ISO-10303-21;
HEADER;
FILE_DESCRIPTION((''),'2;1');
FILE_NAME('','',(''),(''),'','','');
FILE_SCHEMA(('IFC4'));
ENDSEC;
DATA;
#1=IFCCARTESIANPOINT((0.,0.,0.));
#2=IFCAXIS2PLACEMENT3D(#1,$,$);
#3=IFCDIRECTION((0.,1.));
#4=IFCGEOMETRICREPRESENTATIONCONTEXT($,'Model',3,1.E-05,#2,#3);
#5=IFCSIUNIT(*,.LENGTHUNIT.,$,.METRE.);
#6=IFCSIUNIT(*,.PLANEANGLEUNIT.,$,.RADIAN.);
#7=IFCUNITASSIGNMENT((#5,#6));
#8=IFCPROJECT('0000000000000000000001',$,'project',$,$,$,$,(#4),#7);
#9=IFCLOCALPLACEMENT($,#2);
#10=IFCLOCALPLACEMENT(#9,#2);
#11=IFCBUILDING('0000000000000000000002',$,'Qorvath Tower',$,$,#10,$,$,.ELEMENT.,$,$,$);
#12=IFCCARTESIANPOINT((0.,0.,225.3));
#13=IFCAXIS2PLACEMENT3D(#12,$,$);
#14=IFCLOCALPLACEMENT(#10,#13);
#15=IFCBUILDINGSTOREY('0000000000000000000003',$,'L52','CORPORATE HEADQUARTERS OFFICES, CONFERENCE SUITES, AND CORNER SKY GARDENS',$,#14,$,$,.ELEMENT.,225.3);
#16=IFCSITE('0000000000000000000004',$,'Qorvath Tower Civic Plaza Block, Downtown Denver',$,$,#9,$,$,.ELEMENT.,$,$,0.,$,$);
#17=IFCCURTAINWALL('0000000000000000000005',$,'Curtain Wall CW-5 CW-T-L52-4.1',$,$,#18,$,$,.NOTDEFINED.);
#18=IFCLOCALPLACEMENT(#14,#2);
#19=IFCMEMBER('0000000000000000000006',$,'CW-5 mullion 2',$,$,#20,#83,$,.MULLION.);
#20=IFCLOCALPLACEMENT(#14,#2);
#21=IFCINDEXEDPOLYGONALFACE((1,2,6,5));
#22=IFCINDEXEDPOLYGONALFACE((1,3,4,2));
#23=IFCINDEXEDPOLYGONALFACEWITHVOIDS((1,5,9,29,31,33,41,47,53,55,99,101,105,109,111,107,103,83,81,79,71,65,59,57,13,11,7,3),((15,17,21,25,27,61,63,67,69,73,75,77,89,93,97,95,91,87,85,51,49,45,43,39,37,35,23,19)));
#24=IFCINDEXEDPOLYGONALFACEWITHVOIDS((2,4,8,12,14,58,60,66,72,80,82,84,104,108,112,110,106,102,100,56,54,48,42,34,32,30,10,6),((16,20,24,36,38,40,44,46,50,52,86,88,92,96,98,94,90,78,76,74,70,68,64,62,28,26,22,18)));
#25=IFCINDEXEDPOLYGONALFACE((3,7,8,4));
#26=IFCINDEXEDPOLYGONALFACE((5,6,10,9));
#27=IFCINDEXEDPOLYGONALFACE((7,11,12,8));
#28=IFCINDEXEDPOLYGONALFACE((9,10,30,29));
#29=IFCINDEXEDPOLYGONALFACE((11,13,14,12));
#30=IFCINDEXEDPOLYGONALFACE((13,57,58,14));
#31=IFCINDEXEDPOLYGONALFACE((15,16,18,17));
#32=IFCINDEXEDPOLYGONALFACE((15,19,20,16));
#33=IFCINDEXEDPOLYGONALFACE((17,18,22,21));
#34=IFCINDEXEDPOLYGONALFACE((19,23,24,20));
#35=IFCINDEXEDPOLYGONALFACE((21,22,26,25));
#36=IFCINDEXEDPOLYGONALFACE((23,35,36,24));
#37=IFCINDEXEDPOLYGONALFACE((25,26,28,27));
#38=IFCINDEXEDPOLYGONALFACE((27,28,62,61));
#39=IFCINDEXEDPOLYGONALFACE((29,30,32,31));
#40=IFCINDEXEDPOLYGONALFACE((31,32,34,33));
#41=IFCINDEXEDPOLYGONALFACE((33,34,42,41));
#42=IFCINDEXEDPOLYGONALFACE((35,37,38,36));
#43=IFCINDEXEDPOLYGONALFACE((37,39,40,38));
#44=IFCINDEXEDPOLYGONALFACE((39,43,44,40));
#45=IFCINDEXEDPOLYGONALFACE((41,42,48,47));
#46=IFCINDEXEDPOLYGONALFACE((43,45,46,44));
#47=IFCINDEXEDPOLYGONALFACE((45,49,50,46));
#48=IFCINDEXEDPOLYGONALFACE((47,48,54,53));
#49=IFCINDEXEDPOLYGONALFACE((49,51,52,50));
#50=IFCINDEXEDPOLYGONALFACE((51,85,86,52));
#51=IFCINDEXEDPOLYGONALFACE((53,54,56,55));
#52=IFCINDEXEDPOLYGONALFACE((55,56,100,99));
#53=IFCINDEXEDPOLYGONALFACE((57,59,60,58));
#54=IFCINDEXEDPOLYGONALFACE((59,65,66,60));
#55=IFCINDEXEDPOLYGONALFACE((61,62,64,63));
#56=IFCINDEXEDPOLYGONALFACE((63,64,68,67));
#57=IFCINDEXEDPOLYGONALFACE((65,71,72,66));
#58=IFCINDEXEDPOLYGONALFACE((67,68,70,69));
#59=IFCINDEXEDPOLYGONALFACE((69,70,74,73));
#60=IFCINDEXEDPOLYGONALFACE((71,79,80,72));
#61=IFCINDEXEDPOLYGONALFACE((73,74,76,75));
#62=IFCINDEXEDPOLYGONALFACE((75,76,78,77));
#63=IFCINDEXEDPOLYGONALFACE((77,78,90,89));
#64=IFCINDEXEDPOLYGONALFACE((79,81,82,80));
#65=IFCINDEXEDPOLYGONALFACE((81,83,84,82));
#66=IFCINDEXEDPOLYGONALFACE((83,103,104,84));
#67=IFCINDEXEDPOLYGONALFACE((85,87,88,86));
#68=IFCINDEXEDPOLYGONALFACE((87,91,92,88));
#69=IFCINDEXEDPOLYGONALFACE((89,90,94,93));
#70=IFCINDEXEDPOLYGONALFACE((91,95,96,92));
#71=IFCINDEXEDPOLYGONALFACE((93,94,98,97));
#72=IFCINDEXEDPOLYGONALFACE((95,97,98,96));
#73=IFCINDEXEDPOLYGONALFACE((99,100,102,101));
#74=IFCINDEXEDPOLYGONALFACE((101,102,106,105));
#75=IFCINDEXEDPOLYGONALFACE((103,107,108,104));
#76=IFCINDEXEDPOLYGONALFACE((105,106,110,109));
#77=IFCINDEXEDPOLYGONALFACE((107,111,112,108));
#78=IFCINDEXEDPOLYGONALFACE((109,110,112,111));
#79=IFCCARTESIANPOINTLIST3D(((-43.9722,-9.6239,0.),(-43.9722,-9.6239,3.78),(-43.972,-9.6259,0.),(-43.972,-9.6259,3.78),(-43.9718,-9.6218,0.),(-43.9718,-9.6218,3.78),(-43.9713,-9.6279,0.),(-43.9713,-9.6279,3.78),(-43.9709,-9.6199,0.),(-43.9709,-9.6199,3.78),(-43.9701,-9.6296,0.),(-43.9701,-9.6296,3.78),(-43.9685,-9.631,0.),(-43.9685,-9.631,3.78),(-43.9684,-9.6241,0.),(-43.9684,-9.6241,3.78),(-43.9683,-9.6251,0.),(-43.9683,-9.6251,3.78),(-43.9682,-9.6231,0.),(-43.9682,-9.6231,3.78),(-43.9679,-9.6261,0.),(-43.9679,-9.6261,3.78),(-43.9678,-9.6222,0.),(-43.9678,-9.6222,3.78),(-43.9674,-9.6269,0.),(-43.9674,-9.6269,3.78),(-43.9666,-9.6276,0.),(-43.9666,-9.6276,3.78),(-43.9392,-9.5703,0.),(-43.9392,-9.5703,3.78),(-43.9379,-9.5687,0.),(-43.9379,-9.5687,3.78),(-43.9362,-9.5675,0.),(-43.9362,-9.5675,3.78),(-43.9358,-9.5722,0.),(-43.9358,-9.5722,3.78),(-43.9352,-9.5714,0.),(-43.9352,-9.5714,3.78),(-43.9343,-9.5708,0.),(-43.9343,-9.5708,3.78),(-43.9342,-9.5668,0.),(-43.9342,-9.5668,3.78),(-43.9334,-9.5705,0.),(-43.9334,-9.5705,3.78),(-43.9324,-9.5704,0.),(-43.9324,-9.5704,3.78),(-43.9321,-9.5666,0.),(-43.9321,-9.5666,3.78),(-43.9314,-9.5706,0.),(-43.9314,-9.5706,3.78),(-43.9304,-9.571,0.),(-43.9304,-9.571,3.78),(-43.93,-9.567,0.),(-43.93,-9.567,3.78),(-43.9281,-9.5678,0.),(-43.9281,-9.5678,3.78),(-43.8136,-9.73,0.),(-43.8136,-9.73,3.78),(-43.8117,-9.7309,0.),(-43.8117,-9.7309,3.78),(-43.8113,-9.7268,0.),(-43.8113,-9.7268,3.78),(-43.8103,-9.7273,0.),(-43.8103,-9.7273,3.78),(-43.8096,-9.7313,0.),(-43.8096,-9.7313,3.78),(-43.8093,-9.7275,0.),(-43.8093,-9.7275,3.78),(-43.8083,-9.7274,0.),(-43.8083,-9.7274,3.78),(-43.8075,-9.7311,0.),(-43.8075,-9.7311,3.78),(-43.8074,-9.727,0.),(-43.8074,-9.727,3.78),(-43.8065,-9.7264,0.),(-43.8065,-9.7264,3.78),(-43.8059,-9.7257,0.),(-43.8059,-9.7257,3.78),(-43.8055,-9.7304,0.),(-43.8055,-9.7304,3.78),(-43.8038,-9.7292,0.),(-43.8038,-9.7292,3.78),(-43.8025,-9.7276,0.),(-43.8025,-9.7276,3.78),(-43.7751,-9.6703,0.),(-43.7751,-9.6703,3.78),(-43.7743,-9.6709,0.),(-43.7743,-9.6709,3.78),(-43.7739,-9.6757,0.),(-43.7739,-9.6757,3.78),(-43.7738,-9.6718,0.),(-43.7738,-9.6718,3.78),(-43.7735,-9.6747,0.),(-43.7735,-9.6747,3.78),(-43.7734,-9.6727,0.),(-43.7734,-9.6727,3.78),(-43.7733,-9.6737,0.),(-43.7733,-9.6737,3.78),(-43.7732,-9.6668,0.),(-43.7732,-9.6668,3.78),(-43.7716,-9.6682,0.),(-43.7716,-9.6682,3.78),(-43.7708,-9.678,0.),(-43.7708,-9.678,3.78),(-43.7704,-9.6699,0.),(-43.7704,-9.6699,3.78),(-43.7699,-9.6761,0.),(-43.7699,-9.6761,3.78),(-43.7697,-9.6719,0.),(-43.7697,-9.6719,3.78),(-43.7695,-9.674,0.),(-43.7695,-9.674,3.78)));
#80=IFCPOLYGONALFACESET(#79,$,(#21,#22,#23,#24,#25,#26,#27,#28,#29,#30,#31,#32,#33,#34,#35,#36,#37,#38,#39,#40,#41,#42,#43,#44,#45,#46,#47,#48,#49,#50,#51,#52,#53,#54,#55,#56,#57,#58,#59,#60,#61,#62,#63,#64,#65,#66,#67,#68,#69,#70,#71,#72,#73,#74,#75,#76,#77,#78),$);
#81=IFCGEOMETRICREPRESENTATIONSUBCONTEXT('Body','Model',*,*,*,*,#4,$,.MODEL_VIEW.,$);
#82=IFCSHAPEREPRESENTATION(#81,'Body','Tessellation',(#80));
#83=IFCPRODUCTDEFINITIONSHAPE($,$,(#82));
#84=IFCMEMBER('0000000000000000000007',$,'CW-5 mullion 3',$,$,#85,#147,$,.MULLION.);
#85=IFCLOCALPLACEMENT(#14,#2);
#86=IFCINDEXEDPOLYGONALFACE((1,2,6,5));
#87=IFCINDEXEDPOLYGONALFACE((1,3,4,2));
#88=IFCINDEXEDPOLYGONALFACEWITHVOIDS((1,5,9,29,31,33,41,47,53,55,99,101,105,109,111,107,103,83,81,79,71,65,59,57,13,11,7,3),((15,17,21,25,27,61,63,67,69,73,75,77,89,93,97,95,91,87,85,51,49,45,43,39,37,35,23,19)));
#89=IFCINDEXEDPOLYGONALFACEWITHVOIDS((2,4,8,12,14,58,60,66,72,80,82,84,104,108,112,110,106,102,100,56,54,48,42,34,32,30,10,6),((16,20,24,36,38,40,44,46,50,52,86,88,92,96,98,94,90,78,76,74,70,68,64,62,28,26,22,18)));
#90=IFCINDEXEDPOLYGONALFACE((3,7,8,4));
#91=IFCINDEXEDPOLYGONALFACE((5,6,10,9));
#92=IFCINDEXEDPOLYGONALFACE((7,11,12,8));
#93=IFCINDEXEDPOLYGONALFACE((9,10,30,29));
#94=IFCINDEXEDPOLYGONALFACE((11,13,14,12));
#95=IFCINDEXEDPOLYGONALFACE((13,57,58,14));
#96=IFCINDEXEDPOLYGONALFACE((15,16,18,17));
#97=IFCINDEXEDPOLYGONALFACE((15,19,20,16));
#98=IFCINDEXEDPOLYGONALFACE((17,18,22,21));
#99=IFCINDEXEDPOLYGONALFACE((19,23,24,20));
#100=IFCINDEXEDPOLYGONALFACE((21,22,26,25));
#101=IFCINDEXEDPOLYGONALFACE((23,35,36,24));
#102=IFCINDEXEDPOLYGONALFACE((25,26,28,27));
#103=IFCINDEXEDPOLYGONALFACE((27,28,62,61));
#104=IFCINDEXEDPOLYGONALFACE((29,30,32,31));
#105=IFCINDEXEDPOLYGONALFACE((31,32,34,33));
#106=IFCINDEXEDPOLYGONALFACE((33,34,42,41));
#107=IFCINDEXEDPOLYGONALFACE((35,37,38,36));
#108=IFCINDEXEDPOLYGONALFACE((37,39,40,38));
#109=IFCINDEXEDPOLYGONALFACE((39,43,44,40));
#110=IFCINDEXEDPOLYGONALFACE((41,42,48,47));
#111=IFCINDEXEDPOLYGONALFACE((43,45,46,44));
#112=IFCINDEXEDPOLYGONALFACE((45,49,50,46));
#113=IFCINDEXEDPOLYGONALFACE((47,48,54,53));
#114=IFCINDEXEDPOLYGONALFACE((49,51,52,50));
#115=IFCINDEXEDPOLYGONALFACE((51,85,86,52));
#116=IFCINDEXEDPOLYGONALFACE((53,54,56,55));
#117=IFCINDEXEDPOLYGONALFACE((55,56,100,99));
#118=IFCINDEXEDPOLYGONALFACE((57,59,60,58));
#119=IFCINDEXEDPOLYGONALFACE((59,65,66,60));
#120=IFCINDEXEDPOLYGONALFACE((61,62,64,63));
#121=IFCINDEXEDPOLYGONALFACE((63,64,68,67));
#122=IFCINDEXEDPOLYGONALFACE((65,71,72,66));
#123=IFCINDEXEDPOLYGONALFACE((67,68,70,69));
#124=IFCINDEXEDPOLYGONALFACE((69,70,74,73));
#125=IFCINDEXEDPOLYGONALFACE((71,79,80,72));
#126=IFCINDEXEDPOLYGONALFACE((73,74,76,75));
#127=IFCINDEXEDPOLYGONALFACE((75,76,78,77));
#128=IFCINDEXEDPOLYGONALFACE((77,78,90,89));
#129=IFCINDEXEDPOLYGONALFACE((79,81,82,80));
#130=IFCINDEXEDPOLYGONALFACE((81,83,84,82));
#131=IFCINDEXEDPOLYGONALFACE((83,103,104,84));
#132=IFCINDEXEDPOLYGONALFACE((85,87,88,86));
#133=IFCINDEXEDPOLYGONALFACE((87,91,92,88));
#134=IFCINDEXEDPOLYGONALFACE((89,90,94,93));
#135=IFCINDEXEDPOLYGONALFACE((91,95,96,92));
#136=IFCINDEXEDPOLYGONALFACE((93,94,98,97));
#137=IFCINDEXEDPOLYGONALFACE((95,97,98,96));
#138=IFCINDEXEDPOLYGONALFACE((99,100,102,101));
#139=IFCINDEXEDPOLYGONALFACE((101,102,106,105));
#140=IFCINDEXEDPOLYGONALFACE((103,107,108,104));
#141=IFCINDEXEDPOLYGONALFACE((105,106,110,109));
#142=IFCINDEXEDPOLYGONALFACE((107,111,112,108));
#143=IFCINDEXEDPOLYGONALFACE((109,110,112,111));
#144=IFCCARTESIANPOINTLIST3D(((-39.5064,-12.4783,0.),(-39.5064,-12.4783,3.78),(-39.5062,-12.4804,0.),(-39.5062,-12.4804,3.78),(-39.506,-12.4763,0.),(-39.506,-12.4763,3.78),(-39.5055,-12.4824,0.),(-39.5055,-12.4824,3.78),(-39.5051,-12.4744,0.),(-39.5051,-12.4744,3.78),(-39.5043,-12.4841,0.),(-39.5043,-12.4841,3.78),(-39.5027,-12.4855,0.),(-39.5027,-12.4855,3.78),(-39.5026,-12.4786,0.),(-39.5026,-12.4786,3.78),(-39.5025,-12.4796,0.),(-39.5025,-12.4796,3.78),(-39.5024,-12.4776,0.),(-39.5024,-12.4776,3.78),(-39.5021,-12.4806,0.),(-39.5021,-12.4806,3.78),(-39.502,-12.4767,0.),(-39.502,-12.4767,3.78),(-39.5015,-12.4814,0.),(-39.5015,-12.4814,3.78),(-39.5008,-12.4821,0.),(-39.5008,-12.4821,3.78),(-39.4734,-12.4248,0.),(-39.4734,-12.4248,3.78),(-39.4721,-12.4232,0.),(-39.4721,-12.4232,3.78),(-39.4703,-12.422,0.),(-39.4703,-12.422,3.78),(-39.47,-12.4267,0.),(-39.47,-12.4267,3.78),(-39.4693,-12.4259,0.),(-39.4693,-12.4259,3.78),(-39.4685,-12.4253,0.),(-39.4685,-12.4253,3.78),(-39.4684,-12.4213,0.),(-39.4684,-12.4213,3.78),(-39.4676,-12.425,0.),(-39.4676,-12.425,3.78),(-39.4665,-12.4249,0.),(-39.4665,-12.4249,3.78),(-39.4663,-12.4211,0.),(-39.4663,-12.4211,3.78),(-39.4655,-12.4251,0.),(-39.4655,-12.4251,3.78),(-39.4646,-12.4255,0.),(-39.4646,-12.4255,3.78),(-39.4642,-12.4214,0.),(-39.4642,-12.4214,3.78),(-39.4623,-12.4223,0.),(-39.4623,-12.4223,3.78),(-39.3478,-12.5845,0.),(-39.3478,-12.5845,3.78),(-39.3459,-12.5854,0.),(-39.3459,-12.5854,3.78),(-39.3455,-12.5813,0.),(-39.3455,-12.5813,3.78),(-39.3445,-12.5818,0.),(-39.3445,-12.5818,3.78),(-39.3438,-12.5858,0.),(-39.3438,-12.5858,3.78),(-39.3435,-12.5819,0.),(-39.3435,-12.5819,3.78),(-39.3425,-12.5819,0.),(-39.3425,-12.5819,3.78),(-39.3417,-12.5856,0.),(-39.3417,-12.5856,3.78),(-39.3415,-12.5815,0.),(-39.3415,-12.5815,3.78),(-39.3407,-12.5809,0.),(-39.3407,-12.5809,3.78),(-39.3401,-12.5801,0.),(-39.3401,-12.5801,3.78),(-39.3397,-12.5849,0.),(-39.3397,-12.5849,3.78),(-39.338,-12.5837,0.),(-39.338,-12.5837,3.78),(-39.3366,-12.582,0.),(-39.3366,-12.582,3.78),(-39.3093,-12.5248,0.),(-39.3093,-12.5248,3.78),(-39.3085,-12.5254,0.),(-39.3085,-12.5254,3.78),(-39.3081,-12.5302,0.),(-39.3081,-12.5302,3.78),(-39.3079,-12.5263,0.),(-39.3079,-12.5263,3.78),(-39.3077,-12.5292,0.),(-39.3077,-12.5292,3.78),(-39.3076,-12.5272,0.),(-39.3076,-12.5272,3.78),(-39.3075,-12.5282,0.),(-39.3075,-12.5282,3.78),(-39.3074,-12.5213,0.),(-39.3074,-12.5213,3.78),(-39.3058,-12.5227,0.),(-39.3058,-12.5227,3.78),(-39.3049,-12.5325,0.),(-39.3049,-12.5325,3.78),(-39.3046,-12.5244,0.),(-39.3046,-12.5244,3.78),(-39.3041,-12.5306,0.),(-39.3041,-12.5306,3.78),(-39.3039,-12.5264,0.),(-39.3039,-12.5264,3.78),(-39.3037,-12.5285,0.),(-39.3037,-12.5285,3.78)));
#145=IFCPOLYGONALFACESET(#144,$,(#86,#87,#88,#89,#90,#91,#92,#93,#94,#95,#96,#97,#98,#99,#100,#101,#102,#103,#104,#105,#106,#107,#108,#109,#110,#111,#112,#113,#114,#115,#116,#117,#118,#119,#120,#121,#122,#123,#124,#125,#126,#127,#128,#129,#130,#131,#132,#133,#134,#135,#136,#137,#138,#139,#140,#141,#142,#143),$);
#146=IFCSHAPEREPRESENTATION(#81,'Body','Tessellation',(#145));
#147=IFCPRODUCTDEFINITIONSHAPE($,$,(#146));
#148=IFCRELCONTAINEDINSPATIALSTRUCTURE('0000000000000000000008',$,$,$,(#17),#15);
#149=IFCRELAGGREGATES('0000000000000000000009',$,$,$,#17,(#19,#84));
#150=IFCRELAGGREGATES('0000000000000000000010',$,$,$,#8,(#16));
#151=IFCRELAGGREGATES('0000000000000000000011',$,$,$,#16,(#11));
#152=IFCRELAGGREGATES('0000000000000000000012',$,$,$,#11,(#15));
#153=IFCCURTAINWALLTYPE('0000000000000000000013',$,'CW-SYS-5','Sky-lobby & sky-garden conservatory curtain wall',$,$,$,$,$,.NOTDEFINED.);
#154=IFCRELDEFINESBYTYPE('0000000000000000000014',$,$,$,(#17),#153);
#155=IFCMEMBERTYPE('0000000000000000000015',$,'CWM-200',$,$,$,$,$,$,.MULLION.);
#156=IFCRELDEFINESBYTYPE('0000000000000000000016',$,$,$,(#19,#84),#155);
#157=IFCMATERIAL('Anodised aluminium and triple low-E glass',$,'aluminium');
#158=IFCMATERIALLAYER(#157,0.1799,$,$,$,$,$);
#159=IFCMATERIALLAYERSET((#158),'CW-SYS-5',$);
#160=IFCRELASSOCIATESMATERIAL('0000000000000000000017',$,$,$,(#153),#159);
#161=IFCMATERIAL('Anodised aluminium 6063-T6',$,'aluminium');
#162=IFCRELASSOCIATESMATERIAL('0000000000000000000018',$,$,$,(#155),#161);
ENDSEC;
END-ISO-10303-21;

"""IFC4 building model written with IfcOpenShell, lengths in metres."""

from ifc_helpers import new_model, si_unit, direction, frame, origin, origin_2d, place, context, subcontext, project, spatial, hollow_rectangle, extrude, material, layer, layer_set, material_profile, profile_set, type_object, element, aggregate, save


model = new_model("IFC4")

# Units and contexts
model_context = context("Model", 3, precision=1e-05, world=origin(), true_north=direction((0.0, 1.0)))
body_context = subcontext(model_context, "Body", "Model", "MODEL_VIEW")
ifc_project = project(units=[si_unit("LENGTHUNIT", "METRE"), si_unit("PLANEANGLEUNIT", "RADIAN")], contexts=[model_context])

# Site, building, storey
site_placement = place(None, origin())
site = spatial("IfcSite", under=ifc_project, at=site_placement, Name="Qorvath Tower Civic Plaza Block, Downtown Denver", CompositionType="ELEMENT", RefElevation=0.0)
building_placement = place(site_placement, origin())
building = spatial("IfcBuilding", under=site, at=building_placement, Name="Qorvath Tower", CompositionType="ELEMENT")
storey_placement = place(building_placement, frame((0.0, 0.0, 225.3)))
storey = spatial("IfcBuildingStorey", under=building, at=storey_placement, Name="L52", Description="CORPORATE HEADQUARTERS OFFICES, CONFERENCE SUITES, AND CORNER SKY GARDENS", CompositionType="ELEMENT", Elevation=225.3)

# Shared definitions
ifc_material_1 = material(Name="Anodised aluminium and triple low-E glass", Category="aluminium")
ifc_layer_1 = layer(ifc_material_1, 0.1799)
ifc_layer_set_1 = layer_set([ifc_layer_1], Name="CW-SYS-5")
curtain_wall_type = type_object("IfcCurtainWallType", Name="CW-SYS-5", Description="Sky-lobby & sky-garden conservatory curtain wall", PredefinedType="NOTDEFINED", material=ifc_layer_set_1)
ifc_material_2 = material(Name="Anodised aluminium 6063-T6", Category="aluminium")
ifc_material_profile_1 = material_profile(ifc_material_2, hollow_rectangle(XDim=0.075, YDim=0.2, WallThickness=0.0039, InnerFilletRadius=0.0039, OuterFilletRadius=0.0081, at=origin_2d()), Name="CWM 200x75")
ifc_profile_set_1 = profile_set([ifc_material_profile_1], Name="Anodised aluminium 6063-T6")
member_type_1 = type_object("IfcMemberType", Name="CWM-200", PredefinedType="MULLION", material=ifc_profile_set_1)

# Curtain wall, members
curtain_wall_1_placement = place(storey_placement, origin())
curtain_wall_1 = element("IfcCurtainWall", 1, at=curtain_wall_1_placement, inside=storey, type_object=curtain_wall_type, Name="Curtain Wall CW-5 CW-T-L52-4.1", PredefinedType="NOTDEFINED")
member_1_placement = place(storey_placement, frame((-43.8708, -9.6489, 0.0), z_axis=(0.0, 0.0, 1.0), x_axis=(0.538529, 0.842607, 0.0)))
member_1 = element("IfcMember", 2, at=member_1_placement, type_object=member_type_1, Name="CW-5 mullion 2", PredefinedType="MULLION", context=body_context, shape_type="SweptSolid", body=[
    extrude(hollow_rectangle(XDim=0.075, YDim=0.2, WallThickness=0.0039, InnerFilletRadius=0.0039, OuterFilletRadius=0.0081, at=origin_2d()), origin(), (0.0, 0.0, 1.0), 3.78),
])
member_2_placement = place(storey_placement, frame((-39.405, -12.5034, 0.0), z_axis=(0.0, 0.0, 1.0), x_axis=(0.538529, 0.842607, 0.0)))
member_2 = element("IfcMember", 3, at=member_2_placement, type_object=member_type_1, Name="CW-5 mullion 3", PredefinedType="MULLION", context=body_context, shape_type="SweptSolid", body=[
    extrude(hollow_rectangle(XDim=0.075, YDim=0.2, WallThickness=0.0039, InnerFilletRadius=0.0039, OuterFilletRadius=0.0081, at=origin_2d()), origin(), (0.0, 0.0, 1.0), 3.78),
])

aggregate(curtain_wall_1, [member_1, member_2])

save(model, "model.ifc")
